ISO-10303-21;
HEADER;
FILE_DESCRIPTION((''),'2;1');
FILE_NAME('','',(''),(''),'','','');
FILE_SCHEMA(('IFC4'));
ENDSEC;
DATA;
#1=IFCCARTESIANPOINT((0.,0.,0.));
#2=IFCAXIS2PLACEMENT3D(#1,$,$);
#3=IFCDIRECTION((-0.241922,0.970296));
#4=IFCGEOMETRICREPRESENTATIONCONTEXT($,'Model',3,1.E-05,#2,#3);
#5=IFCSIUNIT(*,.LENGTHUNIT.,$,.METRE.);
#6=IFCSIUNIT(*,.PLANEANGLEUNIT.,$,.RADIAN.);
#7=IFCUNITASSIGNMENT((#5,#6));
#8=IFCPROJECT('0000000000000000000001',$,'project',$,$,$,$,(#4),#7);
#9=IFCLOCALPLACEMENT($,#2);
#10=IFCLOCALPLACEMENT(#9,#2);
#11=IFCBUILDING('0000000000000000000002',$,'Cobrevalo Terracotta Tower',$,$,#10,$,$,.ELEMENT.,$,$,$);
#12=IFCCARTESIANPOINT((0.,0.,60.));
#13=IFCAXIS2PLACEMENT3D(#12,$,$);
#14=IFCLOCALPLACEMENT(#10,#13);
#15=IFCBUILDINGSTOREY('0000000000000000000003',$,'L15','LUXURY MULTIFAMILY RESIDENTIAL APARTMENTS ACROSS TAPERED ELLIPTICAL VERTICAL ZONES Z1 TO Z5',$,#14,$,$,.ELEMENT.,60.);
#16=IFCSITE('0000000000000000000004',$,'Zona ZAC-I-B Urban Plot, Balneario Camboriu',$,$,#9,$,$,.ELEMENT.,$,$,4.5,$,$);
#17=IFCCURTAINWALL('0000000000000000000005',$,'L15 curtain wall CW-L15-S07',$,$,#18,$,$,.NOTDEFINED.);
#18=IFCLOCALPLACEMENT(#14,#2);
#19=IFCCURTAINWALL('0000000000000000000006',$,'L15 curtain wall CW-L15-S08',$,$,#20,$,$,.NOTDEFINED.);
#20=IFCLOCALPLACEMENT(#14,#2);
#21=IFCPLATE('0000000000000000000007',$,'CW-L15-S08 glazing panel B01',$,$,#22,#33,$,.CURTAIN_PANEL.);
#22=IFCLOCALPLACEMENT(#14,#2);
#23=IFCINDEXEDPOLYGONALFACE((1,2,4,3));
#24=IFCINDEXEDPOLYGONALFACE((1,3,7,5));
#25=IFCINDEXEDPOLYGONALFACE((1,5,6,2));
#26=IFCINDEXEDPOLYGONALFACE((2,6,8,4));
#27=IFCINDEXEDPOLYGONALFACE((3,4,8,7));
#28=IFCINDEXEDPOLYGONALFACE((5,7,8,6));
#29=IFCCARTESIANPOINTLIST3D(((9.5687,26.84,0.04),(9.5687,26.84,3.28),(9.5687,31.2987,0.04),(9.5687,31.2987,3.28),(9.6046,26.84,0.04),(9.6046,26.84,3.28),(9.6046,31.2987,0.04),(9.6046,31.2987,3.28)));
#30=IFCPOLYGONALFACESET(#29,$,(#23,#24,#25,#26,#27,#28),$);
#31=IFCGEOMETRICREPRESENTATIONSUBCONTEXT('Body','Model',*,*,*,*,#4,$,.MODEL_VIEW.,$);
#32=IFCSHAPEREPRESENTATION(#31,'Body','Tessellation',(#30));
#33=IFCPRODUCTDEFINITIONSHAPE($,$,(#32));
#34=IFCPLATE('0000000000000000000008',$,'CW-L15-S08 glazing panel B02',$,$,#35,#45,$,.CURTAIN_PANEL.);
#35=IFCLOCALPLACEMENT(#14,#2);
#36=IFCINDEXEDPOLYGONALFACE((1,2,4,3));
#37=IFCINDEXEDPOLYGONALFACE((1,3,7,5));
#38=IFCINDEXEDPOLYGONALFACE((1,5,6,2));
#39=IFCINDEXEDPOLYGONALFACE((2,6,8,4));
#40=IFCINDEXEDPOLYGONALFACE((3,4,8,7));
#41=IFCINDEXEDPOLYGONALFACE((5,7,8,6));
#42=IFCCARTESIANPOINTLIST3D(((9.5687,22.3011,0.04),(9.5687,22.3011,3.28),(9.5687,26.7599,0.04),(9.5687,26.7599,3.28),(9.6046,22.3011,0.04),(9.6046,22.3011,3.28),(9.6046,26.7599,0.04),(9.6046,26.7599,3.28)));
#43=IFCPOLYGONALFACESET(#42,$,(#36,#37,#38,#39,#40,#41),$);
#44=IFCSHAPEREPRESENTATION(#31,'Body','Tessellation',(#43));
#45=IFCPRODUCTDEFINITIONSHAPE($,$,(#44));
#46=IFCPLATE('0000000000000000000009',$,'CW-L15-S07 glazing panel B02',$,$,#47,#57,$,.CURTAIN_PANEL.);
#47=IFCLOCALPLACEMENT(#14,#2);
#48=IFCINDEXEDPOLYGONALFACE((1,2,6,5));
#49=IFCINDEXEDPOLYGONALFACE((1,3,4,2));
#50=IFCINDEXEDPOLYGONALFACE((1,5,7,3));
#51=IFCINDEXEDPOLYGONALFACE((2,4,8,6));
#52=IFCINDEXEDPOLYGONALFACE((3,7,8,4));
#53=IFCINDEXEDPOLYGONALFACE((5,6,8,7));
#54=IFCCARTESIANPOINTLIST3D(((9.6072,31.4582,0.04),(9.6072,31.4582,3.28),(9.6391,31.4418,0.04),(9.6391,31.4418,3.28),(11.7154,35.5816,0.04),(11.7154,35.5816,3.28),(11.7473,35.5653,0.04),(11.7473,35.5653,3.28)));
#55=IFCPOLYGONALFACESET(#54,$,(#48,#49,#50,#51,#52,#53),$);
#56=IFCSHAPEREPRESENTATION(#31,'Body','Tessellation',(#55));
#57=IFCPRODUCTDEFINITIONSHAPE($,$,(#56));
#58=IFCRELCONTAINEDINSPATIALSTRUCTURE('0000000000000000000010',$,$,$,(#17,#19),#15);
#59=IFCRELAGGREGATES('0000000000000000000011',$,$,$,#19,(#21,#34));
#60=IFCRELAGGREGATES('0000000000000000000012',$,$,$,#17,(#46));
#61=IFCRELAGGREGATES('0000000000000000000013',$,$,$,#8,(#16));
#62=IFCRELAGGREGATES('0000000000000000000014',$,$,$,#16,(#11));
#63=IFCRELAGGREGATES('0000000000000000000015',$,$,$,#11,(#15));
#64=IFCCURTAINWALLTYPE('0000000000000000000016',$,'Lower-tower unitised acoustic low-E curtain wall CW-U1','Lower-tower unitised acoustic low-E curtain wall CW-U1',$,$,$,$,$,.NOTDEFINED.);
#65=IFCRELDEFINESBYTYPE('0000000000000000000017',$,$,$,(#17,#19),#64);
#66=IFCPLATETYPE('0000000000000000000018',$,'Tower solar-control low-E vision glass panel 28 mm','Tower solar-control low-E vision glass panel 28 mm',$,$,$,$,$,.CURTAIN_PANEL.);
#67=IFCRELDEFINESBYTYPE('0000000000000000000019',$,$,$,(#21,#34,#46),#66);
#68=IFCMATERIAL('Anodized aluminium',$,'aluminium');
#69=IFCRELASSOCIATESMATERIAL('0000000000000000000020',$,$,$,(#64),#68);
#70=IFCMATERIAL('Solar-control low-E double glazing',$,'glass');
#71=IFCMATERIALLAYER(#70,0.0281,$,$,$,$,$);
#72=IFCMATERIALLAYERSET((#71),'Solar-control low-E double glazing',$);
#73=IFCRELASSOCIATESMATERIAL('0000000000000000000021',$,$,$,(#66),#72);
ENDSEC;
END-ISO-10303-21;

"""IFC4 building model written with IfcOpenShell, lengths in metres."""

from ifc_helpers import new_model, si_unit, direction, frame, origin, origin_2d, place, context, subcontext, project, spatial, rectangle, extrude, source, transform, mapped, material, layer, layer_set, type_object, element, aggregate, save


model = new_model("IFC4")

# Units and contexts
model_context = context("Model", 3, precision=1e-05, world=origin(), true_north=direction((-0.241922, 0.970296)))
body_context = subcontext(model_context, "Body", "Model", "MODEL_VIEW")
ifc_project = project(units=[si_unit("LENGTHUNIT", "METRE"), si_unit("PLANEANGLEUNIT", "RADIAN")], contexts=[model_context])

# Site, building, storey
site_placement = place(None, origin())
site = spatial("IfcSite", under=ifc_project, at=site_placement, Name="Zona ZAC-I-B Urban Plot, Balneario Camboriu", CompositionType="ELEMENT", RefElevation=4.5)
building_placement = place(site_placement, origin())
building = spatial("IfcBuilding", under=site, at=building_placement, Name="Cobrevalo Terracotta Tower", CompositionType="ELEMENT")
storey_placement = place(building_placement, frame((0.0, 0.0, 60.0)))
storey = spatial("IfcBuildingStorey", under=building, at=storey_placement, Name="L15", Description="LUXURY MULTIFAMILY RESIDENTIAL APARTMENTS ACROSS TAPERED ELLIPTICAL VERTICAL ZONES Z1 TO Z5", CompositionType="ELEMENT", Elevation=60.0)

# Curtain wall
ifc_material_1 = material(Name="Anodized aluminium", Category="aluminium")
curtain_wall_type = type_object("IfcCurtainWallType", Name="Lower-tower unitised acoustic low-E curtain wall CW-U1", Description="Lower-tower unitised acoustic low-E curtain wall CW-U1", PredefinedType="NOTDEFINED", material=ifc_material_1)
curtain_wall_1_placement = place(storey_placement, origin())
curtain_wall_1 = element("IfcCurtainWall", 1, at=curtain_wall_1_placement, inside=storey, type_object=curtain_wall_type, Name="L15 curtain wall CW-L15-S07", PredefinedType="NOTDEFINED")

# Curtain wall
curtain_wall_2_placement = place(storey_placement, origin())
curtain_wall_2 = element("IfcCurtainWall", 2, at=curtain_wall_2_placement, inside=storey, type_object=curtain_wall_type, Name="L15 curtain wall CW-L15-S08", PredefinedType="NOTDEFINED")

# Plates
ifc_material_2 = material(Name="Solar-control low-E double glazing", Category="glass")
ifc_layer = layer(ifc_material_2, 0.0281)
ifc_layer_set = layer_set([ifc_layer], Name="Solar-control low-E double glazing")
plate_type = type_object("IfcPlateType", Name="Tower solar-control low-E vision glass panel 28 mm", Description="Tower solar-control low-E vision glass panel 28 mm", PredefinedType="CURTAIN_PANEL", material=ifc_layer_set)
shared_shape_1 = source(origin(), body_context, "Body", "SweptSolid", [
    extrude(rectangle(XDim=4.4587, YDim=0.0359, at=origin_2d()), origin(), (0.0, 0.0, 1.0), 3.24),
])
plate_1_placement = place(storey_placement, frame((9.5867, 29.0693, 0.04), z_axis=(0.0, 0.0, 1.0), x_axis=(0.0, -1.0, 0.0)))
plate_1 = element("IfcPlate", 3, at=plate_1_placement, type_object=plate_type, Name="CW-L15-S08 glazing panel B01", PredefinedType="CURTAIN_PANEL", context=body_context, shape_type="MappedRepresentation", body=[
    mapped(shared_shape_1, transform((0.0, 0.0, 0.0), scale=1.0)),
])
plate_2_placement = place(storey_placement, frame((9.5867, 24.5305, 0.04), z_axis=(0.0, 0.0, 1.0), x_axis=(0.0, -1.0, 0.0)))
plate_2 = element("IfcPlate", 4, at=plate_2_placement, type_object=plate_type, Name="CW-L15-S08 glazing panel B02", PredefinedType="CURTAIN_PANEL", context=body_context, shape_type="MappedRepresentation", body=[
    mapped(shared_shape_1, transform((0.0, 0.0, 0.0), scale=1.0)),
])
aggregate(curtain_wall_2, [plate_1, plate_2])
shared_shape_2 = source(origin(), body_context, "Body", "SweptSolid", [
    extrude(rectangle(XDim=4.6311, YDim=0.0359, at=origin_2d()), origin(), (0.0, 0.0, 1.0), 3.24),
])
plate_3_placement = place(storey_placement, frame((10.6772, 33.5117, 0.04), z_axis=(0.0, 0.0, 1.0), x_axis=(-0.455231, -0.890373, 0.0)))
plate_3 = element("IfcPlate", 5, at=plate_3_placement, type_object=plate_type, Name="CW-L15-S07 glazing panel B02", PredefinedType="CURTAIN_PANEL", context=body_context, shape_type="MappedRepresentation", body=[
    mapped(shared_shape_2, transform((0.0, 0.0, 0.0), scale=1.0)),
])
aggregate(curtain_wall_1, [plate_3])

save(model, "model.ifc")
